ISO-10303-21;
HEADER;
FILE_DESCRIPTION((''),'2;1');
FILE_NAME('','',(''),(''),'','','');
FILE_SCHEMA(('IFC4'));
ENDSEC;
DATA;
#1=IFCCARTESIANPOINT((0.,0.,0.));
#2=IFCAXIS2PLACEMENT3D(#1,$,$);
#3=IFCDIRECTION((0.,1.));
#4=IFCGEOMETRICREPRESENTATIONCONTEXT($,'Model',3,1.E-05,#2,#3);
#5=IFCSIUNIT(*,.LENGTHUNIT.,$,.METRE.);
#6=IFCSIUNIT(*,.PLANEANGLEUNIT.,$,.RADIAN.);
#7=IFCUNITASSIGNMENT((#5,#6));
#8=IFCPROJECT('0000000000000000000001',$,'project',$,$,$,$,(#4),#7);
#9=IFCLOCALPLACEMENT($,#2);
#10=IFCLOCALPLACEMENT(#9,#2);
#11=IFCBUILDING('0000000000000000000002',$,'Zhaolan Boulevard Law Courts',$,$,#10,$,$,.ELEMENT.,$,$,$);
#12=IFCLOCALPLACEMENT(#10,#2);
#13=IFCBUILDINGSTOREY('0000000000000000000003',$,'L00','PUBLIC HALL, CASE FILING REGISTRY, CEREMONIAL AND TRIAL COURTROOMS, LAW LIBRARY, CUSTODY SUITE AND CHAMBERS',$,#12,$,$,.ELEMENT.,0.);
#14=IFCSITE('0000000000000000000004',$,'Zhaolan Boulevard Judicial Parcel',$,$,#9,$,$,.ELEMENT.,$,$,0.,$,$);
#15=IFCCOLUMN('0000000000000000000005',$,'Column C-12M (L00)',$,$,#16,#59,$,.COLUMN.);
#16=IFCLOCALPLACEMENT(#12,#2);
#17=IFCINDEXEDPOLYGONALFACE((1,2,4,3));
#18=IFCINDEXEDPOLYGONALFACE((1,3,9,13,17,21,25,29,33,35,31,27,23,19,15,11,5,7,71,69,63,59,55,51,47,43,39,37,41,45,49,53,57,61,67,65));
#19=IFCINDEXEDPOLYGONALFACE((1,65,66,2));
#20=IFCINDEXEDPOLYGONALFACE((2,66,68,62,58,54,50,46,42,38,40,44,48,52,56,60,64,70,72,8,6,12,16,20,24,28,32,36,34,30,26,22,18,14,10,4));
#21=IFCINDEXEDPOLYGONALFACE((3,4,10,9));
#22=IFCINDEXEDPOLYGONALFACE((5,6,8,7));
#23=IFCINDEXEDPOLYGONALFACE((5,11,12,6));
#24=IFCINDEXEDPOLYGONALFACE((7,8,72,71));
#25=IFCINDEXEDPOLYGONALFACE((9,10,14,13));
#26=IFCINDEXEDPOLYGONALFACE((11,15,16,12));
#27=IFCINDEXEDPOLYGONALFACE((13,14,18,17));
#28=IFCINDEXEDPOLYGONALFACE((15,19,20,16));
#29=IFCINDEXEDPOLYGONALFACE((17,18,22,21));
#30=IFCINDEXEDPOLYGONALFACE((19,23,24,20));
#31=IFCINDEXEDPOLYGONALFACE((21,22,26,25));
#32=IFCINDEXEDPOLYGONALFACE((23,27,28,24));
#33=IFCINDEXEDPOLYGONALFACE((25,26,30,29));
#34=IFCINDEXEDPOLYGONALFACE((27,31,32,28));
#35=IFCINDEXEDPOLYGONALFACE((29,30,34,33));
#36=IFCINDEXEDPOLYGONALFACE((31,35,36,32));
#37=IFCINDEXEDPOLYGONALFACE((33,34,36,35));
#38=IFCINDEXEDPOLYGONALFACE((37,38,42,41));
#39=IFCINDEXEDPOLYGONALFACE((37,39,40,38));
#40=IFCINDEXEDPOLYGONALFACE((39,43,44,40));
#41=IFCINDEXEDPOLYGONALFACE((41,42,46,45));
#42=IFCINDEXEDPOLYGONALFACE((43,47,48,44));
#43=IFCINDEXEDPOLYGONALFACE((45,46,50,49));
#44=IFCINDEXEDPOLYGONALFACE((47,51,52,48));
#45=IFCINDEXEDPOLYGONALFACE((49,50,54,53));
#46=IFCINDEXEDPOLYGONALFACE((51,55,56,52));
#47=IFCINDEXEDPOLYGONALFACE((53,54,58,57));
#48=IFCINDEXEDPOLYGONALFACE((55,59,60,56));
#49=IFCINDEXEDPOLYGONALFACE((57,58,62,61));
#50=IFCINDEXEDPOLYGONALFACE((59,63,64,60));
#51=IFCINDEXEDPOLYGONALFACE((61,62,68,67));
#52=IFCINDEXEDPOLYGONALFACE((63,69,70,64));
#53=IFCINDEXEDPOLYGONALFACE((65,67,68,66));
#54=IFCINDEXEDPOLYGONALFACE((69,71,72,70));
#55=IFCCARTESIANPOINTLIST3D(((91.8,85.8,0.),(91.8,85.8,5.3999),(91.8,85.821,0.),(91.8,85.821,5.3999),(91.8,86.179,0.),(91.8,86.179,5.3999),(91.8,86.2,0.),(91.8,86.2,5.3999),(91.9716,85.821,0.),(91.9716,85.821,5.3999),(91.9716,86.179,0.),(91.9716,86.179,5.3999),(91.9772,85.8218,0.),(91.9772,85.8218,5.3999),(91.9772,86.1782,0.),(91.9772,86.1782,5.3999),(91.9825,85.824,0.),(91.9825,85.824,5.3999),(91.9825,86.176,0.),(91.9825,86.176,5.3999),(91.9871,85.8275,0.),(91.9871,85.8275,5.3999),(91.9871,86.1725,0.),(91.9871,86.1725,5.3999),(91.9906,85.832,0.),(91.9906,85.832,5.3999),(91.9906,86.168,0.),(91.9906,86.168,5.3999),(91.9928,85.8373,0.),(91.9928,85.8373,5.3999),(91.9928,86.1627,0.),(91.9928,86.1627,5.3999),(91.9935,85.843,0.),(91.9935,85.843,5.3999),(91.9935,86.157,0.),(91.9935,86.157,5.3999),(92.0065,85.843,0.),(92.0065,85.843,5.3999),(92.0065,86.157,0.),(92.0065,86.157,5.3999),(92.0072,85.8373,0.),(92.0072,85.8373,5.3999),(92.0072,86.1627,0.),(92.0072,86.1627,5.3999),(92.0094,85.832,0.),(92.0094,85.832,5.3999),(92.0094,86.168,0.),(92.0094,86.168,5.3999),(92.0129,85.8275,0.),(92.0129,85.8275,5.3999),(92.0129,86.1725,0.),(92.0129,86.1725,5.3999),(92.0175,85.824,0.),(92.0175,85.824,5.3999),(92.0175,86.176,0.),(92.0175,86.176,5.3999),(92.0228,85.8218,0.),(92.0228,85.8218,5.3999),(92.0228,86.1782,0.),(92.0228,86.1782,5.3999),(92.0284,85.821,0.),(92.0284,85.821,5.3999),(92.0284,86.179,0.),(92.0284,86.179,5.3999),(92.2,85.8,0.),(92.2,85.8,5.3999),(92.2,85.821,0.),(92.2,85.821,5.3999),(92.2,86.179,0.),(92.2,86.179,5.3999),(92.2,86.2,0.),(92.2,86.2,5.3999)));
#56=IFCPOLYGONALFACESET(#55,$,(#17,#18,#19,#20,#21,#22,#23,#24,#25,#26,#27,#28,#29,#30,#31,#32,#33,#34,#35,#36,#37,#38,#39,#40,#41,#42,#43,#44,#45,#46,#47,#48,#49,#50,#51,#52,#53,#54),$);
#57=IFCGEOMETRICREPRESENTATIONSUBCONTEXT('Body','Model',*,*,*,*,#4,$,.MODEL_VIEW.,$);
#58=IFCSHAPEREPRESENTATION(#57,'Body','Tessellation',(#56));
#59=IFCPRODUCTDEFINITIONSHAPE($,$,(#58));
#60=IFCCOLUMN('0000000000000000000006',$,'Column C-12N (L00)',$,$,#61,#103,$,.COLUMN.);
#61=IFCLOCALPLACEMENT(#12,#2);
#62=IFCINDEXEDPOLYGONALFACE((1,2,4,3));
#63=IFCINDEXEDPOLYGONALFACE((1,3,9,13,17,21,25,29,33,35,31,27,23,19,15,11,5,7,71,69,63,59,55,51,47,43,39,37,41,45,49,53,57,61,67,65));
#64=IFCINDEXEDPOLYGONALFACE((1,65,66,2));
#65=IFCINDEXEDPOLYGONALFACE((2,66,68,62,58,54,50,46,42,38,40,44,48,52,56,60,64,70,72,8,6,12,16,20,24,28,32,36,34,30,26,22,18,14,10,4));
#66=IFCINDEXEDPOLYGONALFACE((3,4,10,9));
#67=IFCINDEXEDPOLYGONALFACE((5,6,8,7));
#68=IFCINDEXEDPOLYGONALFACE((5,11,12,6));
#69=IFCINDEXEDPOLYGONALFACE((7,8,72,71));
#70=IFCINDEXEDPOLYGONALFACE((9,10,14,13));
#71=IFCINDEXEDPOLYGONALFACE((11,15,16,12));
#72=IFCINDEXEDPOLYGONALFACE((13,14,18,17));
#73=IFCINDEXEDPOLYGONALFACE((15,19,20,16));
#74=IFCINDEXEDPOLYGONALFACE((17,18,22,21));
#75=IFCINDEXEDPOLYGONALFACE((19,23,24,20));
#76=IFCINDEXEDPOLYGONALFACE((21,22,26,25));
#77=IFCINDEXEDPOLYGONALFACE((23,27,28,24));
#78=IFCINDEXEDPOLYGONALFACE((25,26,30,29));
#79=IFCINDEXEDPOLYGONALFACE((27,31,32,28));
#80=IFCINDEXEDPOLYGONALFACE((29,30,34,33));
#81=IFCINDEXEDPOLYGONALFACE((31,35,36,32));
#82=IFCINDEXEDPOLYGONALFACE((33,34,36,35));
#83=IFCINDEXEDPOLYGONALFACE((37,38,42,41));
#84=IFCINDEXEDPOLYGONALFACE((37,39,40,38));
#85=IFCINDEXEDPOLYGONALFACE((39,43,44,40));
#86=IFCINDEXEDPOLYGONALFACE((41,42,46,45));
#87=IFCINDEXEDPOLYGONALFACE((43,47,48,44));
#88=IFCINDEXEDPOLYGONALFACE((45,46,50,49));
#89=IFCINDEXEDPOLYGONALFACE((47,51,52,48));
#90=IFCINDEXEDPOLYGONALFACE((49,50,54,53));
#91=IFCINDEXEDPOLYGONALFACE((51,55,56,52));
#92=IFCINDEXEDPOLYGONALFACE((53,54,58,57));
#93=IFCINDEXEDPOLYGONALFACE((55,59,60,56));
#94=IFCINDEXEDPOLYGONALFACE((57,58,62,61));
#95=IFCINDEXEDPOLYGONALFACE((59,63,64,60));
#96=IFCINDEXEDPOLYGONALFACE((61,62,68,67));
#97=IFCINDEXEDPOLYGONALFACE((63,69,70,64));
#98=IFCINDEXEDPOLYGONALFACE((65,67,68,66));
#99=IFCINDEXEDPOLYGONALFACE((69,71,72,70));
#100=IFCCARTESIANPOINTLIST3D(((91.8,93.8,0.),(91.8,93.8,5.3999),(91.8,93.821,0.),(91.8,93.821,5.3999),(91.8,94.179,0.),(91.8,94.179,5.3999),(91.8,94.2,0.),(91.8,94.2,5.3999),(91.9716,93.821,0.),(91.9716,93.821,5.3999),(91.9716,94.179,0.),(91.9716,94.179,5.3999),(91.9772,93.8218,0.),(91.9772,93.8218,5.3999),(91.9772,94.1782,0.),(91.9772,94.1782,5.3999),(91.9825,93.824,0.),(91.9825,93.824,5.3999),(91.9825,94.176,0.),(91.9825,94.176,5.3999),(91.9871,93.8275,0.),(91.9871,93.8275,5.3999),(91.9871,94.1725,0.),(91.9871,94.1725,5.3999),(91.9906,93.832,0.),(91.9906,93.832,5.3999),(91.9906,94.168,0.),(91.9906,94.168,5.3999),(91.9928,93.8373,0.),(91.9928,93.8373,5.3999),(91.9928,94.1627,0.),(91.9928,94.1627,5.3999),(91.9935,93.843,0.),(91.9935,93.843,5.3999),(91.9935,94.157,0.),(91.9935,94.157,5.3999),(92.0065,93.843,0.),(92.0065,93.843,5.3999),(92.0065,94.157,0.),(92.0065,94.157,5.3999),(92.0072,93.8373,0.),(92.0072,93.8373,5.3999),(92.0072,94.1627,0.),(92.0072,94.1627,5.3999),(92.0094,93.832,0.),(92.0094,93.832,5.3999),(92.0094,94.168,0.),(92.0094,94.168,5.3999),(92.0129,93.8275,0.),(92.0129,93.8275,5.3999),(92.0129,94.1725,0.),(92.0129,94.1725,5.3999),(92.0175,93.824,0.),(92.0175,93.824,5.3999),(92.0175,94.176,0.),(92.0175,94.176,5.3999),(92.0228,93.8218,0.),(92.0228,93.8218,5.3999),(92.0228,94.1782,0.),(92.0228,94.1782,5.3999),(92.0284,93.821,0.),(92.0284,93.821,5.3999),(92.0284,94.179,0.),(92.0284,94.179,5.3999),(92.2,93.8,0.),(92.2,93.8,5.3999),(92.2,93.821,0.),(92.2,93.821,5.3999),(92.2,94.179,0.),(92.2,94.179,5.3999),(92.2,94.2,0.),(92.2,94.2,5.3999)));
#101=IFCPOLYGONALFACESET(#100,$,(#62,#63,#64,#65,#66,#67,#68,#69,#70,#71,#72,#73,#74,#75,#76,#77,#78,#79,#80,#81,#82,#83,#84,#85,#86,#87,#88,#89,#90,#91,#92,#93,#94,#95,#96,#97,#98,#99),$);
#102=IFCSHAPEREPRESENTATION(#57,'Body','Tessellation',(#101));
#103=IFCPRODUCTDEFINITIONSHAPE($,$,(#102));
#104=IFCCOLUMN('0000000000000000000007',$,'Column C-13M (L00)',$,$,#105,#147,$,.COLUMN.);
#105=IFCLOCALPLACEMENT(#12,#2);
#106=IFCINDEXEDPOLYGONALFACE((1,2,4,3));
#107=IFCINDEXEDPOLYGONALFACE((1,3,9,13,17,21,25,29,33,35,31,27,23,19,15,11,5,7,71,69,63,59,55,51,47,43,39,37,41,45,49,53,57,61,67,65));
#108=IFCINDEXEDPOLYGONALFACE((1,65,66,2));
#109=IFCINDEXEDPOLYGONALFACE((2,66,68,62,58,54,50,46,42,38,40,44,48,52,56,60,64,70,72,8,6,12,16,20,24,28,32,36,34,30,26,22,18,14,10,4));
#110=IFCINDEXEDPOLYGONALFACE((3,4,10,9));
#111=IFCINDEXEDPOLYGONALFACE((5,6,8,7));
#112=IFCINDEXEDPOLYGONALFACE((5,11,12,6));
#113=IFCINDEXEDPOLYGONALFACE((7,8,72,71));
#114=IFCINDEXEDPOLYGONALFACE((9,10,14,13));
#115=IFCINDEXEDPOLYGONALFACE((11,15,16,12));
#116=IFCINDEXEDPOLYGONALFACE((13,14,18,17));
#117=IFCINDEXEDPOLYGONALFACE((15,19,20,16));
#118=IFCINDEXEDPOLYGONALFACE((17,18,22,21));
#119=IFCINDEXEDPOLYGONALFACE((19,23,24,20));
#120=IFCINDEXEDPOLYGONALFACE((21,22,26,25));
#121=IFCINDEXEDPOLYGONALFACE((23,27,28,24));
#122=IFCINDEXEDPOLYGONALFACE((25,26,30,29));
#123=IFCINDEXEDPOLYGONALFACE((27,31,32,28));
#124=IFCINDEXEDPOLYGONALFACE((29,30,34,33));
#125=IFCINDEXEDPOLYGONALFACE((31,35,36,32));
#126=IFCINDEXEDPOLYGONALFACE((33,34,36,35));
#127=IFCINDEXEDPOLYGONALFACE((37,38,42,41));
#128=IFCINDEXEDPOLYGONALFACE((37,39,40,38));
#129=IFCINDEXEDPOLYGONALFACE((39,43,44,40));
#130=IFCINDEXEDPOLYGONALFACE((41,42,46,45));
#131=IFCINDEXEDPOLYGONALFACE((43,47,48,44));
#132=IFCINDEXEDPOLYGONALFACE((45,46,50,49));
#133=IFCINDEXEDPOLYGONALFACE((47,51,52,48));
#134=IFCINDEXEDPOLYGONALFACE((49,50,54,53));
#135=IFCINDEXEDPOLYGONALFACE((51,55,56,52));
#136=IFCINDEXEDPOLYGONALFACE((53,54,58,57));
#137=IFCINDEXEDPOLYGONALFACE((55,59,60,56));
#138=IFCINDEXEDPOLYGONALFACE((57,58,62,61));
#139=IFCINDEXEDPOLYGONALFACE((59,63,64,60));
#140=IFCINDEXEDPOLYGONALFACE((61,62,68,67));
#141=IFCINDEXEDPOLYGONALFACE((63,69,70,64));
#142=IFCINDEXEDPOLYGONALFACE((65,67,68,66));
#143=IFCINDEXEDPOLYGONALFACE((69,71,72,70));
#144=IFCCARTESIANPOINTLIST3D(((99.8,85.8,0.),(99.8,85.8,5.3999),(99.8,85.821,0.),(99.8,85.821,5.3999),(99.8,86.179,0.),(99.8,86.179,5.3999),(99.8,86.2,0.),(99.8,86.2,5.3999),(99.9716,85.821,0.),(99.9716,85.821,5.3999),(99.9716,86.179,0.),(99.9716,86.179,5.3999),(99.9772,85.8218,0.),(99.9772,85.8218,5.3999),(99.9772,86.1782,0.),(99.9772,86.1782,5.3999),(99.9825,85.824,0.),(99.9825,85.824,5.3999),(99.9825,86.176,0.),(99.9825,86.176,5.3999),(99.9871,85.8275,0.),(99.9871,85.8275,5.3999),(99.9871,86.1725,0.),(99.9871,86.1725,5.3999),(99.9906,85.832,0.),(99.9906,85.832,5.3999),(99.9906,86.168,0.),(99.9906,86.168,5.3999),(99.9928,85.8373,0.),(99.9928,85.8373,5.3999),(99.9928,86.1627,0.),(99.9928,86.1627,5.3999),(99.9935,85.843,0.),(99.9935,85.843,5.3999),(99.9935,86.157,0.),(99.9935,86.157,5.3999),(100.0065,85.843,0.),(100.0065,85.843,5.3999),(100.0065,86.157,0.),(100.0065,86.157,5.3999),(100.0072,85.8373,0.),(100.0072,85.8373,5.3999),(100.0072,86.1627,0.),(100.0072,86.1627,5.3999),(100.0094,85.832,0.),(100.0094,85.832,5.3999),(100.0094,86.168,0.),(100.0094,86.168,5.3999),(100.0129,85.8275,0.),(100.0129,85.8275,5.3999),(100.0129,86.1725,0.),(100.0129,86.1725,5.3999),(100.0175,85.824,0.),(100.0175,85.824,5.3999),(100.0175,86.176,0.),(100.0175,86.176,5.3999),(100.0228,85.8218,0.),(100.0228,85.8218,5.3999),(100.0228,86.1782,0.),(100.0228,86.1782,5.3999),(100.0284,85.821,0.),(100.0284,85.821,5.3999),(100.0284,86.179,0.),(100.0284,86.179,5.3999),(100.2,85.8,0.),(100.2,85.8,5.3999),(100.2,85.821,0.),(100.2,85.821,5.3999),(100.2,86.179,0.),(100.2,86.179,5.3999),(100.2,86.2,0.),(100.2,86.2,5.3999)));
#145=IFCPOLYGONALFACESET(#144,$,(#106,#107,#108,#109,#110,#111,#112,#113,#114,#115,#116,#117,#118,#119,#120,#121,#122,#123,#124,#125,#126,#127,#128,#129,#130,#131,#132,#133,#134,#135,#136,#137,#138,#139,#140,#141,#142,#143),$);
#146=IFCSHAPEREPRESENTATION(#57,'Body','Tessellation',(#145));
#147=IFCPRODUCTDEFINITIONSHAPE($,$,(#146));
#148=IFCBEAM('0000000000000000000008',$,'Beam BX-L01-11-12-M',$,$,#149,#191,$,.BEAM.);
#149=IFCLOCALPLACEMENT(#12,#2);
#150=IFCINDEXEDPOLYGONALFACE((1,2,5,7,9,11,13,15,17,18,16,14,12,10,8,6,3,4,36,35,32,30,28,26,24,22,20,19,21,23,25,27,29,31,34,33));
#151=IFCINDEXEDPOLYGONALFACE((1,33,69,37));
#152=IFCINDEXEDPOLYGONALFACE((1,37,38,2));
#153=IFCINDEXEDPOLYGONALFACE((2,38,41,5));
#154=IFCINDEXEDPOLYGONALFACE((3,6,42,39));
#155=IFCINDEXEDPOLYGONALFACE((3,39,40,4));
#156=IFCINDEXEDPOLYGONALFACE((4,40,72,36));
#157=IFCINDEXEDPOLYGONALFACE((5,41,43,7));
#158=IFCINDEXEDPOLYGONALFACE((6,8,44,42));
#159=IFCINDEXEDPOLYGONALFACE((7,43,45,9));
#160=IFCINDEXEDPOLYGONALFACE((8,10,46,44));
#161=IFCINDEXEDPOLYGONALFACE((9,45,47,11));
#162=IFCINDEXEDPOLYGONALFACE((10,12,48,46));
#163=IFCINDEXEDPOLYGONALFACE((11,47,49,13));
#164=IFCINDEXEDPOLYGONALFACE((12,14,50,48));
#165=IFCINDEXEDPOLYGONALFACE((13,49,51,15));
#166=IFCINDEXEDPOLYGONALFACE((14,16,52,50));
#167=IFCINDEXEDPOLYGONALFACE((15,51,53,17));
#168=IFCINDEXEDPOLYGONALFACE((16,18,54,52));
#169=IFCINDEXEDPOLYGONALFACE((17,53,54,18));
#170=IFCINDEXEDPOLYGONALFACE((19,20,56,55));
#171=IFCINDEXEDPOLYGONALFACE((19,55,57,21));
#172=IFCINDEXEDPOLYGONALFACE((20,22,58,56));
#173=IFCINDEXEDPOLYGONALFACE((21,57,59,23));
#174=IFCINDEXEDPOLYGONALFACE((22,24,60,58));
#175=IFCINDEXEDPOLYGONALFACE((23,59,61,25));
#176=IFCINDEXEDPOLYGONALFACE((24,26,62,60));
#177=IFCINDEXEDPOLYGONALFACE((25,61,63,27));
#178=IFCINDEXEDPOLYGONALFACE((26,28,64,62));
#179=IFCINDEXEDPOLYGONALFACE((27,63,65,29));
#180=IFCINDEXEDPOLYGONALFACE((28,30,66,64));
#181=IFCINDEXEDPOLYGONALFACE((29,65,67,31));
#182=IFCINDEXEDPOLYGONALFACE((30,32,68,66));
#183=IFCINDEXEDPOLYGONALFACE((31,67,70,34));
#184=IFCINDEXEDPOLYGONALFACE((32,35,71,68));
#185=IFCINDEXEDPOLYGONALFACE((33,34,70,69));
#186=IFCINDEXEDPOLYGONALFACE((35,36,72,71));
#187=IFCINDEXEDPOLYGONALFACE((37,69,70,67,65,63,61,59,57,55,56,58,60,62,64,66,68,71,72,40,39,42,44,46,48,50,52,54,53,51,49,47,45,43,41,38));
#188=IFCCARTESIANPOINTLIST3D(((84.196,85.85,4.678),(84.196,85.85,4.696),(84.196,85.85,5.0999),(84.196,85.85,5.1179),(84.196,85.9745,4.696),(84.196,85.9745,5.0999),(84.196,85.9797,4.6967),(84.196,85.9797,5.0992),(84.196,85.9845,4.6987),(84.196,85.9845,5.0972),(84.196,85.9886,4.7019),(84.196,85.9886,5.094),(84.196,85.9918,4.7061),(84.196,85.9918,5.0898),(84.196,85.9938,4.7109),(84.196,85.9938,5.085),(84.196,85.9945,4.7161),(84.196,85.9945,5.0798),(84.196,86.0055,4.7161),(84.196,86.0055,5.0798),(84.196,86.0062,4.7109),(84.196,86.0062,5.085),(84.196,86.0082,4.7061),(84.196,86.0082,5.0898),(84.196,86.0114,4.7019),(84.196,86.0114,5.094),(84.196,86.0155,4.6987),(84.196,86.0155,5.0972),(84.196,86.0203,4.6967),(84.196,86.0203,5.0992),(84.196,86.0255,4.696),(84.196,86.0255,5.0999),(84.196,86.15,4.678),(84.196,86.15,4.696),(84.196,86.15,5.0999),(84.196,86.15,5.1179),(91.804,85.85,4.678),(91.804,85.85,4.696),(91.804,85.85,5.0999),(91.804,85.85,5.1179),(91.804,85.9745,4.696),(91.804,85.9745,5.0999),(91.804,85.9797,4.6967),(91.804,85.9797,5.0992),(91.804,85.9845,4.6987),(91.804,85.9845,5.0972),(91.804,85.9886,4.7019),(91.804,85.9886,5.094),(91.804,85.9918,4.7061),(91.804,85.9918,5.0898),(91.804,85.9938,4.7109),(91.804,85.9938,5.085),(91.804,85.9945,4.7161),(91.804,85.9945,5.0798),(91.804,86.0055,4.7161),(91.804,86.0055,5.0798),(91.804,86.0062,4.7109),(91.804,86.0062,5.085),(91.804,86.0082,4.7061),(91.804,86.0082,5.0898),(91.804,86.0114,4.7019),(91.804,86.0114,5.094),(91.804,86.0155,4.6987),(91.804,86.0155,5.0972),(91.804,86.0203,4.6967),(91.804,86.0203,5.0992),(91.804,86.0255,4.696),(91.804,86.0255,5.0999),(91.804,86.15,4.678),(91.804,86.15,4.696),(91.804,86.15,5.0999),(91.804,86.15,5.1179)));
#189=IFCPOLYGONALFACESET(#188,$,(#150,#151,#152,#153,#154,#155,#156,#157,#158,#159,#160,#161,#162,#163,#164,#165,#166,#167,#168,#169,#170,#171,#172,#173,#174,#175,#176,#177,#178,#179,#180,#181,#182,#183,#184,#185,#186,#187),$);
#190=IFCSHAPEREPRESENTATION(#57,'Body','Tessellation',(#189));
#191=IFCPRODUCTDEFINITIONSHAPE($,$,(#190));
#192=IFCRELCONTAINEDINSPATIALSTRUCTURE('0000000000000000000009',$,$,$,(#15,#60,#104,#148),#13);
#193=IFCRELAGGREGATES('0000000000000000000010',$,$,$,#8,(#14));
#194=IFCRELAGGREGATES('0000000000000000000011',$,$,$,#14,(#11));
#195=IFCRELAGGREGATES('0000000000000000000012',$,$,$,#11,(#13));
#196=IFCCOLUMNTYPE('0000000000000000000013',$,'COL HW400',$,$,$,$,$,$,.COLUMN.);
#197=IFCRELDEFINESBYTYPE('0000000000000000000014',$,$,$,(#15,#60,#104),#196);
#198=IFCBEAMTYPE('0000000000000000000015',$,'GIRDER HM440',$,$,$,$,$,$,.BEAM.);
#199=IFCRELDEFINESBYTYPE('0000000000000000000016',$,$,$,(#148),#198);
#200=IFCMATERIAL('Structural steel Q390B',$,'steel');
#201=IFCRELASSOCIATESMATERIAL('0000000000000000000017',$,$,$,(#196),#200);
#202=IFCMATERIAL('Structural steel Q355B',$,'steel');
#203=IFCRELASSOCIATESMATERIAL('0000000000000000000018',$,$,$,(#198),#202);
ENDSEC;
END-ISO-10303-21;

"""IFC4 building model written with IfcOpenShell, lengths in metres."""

from ifc_helpers import new_model, si_unit, direction, frame, origin, origin_2d, place, context, subcontext, project, spatial, i_section, extrude, material, material_profile, profile_set, type_object, element, save


model = new_model("IFC4")

# Units and contexts
model_context = context("Model", 3, precision=1e-05, world=origin(), true_north=direction((0.0, 1.0)))
body_context = subcontext(model_context, "Body", "Model", "MODEL_VIEW")
ifc_project = project(units=[si_unit("LENGTHUNIT", "METRE"), si_unit("PLANEANGLEUNIT", "RADIAN")], contexts=[model_context])

# Site, building, storey
site_placement = place(None, origin())
site = spatial("IfcSite", under=ifc_project, at=site_placement, Name="Zhaolan Boulevard Judicial Parcel", CompositionType="ELEMENT", RefElevation=0.0)
building_placement = place(site_placement, origin())
building = spatial("IfcBuilding", under=site, at=building_placement, Name="Zhaolan Boulevard Law Courts", CompositionType="ELEMENT")
storey_placement = place(building_placement, origin())
storey = spatial("IfcBuildingStorey", under=building, at=storey_placement, Name="L00", Description="PUBLIC HALL, CASE FILING REGISTRY, CEREMONIAL AND TRIAL COURTROOMS, LAW LIBRARY, CUSTODY SUITE AND CHAMBERS", CompositionType="ELEMENT", Elevation=0.0)

# Columns
ifc_material_1 = material(Name="Structural steel Q390B", Category="steel")
ifc_material_profile_1 = material_profile(ifc_material_1, i_section(OverallWidth=0.3999, OverallDepth=0.3999, WebThickness=0.0129, FlangeThickness=0.021, FilletRadius=0.022, at=origin_2d()), Name="HW400x400")
ifc_profile_set_1 = profile_set([ifc_material_profile_1], Name="Structural steel Q390B")
column_type = type_object("IfcColumnType", Name="COL HW400", PredefinedType="COLUMN", material=ifc_profile_set_1)
for number, where, z_axis, x_axis, name in (
    (1, (92.0, 86.0, 0.0), (0.0, 0.0, 1.0), (1.0, 0.0, 0.0), "Column C-12M (L00)"),
    (2, (92.0, 94.0, 0.0), (0.0, 0.0, 1.0), (1.0, 0.0, 0.0), "Column C-12N (L00)"),
    (3, (100.0, 86.0, 0.0), (0.0, 0.0, 1.0), (1.0, 0.0, 0.0), "Column C-13M (L00)"),
):
    element("IfcColumn", number, at=place(storey_placement, frame(where, z_axis=z_axis, x_axis=x_axis)), inside=storey, type_object=column_type, Name=name, PredefinedType="COLUMN", context=body_context, shape_type="SweptSolid", body=[
        extrude(i_section(OverallWidth=0.3999, OverallDepth=0.3999, WebThickness=0.0129, FlangeThickness=0.021, FilletRadius=0.022, at=origin_2d()), origin(), (0.0, 0.0, 1.0), 5.3999),
    ])

# Beam
ifc_material_2 = material(Name="Structural steel Q355B", Category="steel")
ifc_material_profile_2 = material_profile(ifc_material_2, i_section(OverallWidth=0.3, OverallDepth=0.4399, WebThickness=0.011, FlangeThickness=0.0181, FilletRadius=0.02, at=origin_2d()), Name="HM440x300")
ifc_profile_set_2 = profile_set([ifc_material_profile_2], Name="Structural steel Q355B")
beam_type_1 = type_object("IfcBeamType", Name="GIRDER HM440", PredefinedType="BEAM", material=ifc_profile_set_2)
for number, where, z_axis, x_axis, name in (
    (4, (84.196, 86.0, 4.8979), (1.0, 0.0, 0.0), (0.0, 1.0, 0.0), "Beam BX-L01-11-12-M"),
):
    element("IfcBeam", number, at=place(storey_placement, frame(where, z_axis=z_axis, x_axis=x_axis)), inside=storey, type_object=beam_type_1, Name=name, PredefinedType="BEAM", context=body_context, shape_type="SweptSolid", body=[
        extrude(i_section(OverallWidth=0.3, OverallDepth=0.4399, WebThickness=0.011, FlangeThickness=0.0181, FilletRadius=0.02, at=origin_2d()), origin(), (0.0, 0.0, 1.0), 7.6079),
    ])

save(model, "model.ifc")
